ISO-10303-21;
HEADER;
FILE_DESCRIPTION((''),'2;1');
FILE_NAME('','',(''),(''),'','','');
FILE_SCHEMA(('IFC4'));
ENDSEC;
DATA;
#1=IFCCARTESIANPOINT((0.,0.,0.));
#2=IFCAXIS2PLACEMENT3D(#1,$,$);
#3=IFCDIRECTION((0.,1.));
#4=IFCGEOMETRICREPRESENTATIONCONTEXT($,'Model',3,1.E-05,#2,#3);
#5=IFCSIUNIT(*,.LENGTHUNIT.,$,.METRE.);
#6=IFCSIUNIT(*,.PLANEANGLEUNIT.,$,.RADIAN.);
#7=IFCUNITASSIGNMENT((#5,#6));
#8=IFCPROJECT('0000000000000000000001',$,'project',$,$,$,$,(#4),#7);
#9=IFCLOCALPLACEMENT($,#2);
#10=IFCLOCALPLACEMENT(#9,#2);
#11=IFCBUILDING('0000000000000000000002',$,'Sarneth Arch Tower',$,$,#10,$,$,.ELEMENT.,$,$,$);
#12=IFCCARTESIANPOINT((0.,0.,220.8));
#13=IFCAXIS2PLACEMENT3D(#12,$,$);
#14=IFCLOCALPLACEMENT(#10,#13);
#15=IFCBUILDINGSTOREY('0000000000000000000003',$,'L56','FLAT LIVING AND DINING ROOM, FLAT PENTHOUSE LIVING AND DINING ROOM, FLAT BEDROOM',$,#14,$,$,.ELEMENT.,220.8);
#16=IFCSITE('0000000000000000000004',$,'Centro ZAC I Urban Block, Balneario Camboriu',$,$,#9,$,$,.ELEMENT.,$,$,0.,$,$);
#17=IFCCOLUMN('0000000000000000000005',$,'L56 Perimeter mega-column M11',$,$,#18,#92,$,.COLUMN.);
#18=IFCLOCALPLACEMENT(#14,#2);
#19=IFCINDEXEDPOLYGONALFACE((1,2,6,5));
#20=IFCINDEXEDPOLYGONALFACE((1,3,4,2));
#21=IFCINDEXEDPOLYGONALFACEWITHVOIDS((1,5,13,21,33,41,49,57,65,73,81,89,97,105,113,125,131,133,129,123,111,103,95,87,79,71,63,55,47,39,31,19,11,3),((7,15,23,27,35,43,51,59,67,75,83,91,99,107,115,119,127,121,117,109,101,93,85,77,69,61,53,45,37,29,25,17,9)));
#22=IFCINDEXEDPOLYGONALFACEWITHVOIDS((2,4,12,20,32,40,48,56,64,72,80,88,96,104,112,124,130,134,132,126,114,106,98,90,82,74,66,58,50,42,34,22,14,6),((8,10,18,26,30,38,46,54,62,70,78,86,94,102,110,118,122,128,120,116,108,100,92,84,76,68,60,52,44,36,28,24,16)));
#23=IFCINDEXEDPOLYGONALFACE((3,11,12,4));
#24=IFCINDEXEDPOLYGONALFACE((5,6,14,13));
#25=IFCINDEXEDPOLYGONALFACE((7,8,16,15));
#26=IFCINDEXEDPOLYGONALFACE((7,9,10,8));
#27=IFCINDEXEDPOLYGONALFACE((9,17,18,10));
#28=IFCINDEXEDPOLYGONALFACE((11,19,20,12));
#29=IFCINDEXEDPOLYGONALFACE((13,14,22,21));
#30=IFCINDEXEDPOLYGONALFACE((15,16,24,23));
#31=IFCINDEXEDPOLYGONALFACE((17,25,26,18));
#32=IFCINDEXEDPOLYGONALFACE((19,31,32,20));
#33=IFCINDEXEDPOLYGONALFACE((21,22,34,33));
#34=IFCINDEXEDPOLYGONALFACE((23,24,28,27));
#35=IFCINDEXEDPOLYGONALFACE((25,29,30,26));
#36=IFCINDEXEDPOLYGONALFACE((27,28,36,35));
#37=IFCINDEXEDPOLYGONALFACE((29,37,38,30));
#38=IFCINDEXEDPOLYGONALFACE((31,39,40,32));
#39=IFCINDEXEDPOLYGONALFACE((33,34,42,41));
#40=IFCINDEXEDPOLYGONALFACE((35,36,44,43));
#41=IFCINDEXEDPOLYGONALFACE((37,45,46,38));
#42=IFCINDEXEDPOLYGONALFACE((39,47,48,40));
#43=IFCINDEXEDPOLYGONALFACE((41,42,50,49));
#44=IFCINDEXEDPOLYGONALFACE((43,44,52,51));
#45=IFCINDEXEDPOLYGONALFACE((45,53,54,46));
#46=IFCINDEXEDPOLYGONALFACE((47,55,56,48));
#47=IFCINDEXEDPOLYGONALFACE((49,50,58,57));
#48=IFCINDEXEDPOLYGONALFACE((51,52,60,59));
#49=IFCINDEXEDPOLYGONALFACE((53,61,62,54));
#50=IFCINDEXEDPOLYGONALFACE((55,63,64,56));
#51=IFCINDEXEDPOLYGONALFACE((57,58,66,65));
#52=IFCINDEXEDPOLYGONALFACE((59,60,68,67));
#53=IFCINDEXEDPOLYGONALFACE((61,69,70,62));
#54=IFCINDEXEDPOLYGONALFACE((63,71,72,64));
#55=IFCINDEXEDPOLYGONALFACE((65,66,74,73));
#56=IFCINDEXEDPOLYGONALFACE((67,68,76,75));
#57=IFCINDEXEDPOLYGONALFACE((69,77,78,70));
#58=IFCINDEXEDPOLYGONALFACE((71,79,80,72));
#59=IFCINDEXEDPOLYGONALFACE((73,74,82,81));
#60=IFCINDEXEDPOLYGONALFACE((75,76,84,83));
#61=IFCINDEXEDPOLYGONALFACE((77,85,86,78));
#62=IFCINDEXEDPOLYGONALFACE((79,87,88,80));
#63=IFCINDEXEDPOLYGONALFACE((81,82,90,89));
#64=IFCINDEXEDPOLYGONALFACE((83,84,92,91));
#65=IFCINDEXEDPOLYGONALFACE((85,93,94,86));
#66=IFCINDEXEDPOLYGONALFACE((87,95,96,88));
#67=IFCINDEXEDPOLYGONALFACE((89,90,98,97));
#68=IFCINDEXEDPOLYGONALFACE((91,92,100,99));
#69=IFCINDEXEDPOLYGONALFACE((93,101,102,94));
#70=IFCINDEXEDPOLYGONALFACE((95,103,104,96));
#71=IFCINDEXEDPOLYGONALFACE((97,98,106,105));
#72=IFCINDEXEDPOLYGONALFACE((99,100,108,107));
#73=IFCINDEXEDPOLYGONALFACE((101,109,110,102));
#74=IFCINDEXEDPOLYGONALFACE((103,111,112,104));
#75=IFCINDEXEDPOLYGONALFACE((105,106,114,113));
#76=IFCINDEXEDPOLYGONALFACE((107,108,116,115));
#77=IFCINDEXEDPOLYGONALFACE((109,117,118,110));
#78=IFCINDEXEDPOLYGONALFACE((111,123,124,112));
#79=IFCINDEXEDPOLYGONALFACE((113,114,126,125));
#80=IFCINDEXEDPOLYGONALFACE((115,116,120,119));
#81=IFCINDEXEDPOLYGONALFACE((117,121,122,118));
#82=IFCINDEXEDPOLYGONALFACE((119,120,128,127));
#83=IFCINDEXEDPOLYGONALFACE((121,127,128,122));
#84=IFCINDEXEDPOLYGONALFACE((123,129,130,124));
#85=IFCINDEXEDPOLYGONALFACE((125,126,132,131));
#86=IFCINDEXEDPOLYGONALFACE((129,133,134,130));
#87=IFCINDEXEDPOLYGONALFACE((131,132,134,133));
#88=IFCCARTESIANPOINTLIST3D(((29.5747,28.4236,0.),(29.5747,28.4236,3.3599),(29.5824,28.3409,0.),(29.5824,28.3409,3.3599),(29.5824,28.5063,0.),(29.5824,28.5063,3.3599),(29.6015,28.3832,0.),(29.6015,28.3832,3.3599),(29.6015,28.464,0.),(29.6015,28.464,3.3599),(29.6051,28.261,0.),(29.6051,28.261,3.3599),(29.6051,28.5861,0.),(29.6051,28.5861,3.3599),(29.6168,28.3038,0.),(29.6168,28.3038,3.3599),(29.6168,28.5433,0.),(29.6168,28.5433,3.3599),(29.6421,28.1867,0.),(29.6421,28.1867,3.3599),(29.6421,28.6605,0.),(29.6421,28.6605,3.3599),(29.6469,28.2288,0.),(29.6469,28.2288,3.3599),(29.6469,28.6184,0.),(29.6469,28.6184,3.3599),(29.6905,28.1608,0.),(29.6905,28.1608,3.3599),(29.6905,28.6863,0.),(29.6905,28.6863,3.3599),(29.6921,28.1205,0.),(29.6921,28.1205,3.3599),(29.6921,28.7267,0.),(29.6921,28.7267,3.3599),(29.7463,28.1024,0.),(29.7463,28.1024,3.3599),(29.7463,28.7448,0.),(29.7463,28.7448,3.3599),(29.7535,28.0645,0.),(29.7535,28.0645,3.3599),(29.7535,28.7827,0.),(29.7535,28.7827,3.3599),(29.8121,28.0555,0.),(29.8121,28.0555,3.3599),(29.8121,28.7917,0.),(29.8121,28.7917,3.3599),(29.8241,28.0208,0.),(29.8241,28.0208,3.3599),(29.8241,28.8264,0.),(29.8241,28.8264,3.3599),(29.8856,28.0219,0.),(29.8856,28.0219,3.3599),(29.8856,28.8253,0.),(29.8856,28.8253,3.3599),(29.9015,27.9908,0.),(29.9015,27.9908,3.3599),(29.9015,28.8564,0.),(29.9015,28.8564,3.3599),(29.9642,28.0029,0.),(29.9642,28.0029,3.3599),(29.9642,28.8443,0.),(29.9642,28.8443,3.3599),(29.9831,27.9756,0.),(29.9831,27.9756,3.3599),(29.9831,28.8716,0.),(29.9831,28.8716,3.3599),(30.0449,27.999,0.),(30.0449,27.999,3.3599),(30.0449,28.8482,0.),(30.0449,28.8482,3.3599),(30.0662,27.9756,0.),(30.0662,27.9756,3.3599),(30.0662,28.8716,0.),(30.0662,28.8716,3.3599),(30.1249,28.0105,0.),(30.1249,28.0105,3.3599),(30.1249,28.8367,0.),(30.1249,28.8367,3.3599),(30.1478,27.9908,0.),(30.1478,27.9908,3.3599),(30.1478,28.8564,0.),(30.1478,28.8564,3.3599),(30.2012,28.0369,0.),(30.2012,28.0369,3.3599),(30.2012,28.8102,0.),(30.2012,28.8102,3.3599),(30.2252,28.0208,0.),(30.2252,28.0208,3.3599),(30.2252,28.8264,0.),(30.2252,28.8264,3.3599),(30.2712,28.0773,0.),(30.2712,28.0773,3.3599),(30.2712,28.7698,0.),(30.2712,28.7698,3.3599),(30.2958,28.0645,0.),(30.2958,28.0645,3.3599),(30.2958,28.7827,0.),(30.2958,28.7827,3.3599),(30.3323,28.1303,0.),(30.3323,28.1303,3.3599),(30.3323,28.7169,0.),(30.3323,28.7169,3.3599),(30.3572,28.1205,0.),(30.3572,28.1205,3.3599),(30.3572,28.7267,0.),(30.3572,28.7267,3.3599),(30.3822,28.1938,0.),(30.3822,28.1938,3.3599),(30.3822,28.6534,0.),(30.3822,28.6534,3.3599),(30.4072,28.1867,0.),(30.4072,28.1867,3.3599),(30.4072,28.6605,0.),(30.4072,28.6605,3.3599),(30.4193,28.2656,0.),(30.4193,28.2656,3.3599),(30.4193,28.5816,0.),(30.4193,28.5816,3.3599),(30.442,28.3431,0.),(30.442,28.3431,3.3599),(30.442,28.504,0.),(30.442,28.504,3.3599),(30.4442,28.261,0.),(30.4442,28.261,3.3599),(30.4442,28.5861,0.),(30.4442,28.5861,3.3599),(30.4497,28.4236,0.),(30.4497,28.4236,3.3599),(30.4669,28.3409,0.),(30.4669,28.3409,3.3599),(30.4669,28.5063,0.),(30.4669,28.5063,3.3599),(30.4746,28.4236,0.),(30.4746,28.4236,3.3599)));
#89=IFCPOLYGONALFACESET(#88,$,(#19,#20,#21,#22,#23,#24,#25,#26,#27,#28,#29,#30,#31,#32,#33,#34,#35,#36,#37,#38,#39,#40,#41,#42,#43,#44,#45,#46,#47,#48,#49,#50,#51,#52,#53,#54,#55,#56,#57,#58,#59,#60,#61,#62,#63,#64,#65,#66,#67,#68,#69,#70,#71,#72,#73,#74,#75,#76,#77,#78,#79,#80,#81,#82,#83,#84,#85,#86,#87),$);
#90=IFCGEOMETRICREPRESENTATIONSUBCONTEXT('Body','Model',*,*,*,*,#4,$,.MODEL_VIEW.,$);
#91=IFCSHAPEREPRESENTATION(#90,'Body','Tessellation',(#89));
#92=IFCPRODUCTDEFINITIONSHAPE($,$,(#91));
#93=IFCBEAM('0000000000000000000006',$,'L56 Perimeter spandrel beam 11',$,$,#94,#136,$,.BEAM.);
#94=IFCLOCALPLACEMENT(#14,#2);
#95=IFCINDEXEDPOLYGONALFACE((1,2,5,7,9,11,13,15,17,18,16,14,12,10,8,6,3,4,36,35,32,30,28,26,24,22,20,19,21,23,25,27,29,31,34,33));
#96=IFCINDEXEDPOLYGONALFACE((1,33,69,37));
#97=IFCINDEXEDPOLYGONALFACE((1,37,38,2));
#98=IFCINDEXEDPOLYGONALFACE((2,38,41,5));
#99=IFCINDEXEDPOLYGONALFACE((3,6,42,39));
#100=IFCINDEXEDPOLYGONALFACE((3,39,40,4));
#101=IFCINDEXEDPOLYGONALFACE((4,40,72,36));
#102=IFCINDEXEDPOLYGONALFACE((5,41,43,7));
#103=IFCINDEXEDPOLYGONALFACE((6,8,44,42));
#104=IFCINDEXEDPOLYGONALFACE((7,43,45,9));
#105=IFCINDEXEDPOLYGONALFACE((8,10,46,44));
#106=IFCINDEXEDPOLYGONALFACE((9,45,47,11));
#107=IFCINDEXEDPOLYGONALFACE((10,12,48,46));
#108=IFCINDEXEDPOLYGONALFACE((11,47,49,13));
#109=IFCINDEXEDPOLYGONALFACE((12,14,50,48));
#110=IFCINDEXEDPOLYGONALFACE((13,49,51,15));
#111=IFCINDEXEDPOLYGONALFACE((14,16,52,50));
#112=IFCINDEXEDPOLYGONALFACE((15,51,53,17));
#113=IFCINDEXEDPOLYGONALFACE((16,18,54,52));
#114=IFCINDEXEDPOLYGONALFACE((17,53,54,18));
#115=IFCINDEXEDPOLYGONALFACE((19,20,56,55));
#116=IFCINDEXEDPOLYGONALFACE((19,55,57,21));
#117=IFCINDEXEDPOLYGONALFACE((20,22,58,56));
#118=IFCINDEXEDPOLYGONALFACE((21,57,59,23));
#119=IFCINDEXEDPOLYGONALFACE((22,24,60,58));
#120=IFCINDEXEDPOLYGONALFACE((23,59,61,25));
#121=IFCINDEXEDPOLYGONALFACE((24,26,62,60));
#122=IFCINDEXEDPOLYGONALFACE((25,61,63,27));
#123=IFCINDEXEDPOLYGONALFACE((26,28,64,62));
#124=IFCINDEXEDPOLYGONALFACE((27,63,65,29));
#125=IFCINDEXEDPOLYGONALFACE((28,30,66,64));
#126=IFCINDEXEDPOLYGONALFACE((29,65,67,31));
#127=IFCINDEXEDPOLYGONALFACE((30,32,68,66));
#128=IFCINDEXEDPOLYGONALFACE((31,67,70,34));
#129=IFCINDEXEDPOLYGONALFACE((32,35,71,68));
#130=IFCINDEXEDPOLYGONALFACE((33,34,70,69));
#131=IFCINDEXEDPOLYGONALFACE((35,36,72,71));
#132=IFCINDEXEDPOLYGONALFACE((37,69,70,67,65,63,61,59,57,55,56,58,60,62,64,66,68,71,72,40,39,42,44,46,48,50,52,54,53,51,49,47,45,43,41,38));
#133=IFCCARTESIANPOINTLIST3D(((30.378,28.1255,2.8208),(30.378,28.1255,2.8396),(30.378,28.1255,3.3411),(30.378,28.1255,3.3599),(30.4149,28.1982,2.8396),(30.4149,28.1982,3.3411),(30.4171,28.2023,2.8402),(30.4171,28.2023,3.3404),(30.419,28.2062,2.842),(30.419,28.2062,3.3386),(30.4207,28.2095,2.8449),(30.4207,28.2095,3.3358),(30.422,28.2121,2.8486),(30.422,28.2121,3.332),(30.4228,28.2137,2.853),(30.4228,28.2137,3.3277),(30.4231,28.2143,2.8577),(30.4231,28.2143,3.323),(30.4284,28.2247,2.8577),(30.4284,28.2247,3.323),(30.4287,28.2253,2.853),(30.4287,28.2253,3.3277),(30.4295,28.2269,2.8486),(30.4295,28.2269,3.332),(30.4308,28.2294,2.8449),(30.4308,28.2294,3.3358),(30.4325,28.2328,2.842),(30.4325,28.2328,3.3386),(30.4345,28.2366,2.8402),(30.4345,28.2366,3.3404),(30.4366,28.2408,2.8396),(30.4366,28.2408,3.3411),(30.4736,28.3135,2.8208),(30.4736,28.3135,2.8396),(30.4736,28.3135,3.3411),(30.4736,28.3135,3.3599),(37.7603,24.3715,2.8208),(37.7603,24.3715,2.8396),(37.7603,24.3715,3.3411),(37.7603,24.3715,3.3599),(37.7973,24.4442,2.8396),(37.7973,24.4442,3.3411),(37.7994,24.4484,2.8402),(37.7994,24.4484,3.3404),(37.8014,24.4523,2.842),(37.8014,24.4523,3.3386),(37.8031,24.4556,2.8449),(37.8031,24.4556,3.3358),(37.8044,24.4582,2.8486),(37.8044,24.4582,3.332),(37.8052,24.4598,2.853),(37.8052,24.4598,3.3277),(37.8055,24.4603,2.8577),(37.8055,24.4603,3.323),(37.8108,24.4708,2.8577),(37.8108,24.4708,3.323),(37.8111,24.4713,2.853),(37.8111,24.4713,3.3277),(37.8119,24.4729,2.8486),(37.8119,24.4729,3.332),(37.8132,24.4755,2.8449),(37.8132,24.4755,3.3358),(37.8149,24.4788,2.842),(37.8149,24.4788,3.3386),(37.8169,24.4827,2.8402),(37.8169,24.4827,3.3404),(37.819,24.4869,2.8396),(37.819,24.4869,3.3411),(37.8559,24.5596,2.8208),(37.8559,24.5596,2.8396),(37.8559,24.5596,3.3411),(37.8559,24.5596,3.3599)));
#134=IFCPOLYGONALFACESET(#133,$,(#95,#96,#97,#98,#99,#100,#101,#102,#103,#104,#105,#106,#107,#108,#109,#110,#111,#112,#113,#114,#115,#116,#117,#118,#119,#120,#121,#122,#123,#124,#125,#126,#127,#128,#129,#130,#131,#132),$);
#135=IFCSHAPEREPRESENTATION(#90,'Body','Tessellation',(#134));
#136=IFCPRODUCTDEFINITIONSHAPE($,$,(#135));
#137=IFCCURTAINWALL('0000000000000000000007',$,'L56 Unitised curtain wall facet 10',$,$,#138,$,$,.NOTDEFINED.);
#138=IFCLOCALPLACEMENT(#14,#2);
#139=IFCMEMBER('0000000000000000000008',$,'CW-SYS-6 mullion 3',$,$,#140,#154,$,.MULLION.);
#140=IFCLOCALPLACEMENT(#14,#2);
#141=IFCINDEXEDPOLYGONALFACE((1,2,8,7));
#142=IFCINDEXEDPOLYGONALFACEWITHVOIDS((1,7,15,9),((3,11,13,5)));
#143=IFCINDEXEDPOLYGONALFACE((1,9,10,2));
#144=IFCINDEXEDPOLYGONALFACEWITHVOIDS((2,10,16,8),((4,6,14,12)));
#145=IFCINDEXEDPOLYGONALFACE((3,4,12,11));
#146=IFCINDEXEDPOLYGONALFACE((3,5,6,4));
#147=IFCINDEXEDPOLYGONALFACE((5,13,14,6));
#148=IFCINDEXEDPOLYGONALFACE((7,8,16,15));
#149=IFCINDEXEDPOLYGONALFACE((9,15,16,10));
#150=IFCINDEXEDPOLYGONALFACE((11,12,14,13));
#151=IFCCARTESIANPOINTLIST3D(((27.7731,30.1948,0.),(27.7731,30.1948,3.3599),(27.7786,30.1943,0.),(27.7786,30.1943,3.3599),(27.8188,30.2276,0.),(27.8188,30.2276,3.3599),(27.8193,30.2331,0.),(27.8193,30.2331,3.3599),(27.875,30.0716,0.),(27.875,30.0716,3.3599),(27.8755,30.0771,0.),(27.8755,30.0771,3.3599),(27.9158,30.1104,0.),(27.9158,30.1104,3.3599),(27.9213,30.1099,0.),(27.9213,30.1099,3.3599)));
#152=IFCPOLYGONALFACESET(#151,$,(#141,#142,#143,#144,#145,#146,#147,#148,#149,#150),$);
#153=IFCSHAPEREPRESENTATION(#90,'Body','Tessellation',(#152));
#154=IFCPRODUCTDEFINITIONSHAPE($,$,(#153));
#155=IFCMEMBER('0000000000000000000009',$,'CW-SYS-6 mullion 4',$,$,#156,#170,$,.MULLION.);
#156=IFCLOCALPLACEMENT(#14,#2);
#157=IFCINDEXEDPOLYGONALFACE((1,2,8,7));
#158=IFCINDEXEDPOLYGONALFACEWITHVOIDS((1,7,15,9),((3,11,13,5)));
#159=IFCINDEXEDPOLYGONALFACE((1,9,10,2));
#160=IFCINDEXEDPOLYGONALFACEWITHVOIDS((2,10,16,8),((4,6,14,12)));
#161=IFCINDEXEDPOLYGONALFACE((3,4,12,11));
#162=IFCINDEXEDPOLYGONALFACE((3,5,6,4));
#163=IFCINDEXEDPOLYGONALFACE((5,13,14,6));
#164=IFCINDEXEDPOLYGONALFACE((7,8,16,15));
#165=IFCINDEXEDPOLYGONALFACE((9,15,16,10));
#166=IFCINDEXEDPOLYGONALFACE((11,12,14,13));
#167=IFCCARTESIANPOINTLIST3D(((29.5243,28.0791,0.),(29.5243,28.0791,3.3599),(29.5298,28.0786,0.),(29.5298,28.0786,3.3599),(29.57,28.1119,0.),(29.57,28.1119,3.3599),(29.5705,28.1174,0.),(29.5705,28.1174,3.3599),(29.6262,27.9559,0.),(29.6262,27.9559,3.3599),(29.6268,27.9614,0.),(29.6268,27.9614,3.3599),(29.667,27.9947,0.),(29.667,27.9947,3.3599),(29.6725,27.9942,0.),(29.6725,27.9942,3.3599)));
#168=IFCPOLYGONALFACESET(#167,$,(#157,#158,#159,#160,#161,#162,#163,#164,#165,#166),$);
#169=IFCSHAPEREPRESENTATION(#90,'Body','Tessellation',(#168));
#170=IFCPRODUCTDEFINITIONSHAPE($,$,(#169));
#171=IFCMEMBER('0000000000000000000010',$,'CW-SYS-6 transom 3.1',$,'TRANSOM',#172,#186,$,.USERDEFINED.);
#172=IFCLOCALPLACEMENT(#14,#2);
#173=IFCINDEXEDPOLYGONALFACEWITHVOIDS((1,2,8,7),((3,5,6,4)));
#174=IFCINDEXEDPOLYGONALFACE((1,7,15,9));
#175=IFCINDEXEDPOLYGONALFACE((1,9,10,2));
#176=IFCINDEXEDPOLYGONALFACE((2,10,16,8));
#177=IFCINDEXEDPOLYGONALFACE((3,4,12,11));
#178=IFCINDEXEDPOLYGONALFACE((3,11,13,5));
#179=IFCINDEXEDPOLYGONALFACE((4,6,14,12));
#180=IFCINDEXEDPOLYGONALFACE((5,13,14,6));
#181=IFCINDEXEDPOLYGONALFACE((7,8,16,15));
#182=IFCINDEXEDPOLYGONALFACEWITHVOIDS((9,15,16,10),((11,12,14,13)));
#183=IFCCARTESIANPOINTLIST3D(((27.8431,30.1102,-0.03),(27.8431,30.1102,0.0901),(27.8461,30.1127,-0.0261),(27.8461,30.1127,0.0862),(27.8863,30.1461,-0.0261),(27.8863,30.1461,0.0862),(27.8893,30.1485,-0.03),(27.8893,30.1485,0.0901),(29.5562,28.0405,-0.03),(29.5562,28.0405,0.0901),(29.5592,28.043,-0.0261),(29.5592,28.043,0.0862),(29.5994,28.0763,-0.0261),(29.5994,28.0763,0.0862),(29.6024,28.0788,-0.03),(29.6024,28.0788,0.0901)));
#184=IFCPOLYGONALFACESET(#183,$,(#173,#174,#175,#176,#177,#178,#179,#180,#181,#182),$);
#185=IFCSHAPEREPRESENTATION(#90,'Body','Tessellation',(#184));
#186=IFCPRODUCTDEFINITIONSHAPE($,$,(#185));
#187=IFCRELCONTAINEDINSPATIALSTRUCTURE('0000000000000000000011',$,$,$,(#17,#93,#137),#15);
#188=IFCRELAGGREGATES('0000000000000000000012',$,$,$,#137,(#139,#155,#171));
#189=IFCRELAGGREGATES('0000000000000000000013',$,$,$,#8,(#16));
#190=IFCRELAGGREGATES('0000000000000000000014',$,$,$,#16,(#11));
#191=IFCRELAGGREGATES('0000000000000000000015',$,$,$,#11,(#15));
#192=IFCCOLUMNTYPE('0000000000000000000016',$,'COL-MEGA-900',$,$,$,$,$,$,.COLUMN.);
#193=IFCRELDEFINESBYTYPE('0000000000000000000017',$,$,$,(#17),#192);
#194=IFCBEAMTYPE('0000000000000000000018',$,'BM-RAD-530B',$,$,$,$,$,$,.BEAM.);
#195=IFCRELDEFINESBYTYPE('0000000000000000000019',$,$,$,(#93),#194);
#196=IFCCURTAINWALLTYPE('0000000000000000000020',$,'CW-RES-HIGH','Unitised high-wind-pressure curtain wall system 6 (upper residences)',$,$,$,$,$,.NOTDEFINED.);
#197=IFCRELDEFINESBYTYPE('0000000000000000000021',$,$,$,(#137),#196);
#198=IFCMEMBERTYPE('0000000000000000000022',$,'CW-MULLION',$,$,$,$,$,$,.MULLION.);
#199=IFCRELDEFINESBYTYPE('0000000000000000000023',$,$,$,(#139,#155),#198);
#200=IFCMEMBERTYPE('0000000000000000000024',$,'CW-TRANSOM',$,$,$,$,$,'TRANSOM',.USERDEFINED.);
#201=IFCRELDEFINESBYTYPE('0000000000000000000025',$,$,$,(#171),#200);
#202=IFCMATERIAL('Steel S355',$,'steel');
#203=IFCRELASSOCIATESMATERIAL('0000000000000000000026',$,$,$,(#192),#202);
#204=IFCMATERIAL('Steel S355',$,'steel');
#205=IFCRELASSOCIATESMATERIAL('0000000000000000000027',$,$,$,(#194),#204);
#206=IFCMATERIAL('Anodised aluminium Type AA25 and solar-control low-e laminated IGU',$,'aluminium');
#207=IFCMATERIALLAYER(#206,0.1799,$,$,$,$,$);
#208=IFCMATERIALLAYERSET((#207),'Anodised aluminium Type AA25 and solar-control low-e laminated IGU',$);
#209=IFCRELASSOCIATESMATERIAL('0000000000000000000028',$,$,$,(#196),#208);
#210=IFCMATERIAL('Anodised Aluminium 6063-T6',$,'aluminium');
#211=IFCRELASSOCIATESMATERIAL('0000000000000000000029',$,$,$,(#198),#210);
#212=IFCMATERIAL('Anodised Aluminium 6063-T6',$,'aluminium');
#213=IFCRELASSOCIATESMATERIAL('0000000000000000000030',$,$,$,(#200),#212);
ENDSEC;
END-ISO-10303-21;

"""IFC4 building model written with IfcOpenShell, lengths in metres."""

from ifc_helpers import new_model, si_unit, direction, frame, origin, origin_2d, place, context, subcontext, project, spatial, hollow_rectangle, hollow_circle, i_section, extrude, material, layer, layer_set, material_profile, profile_set, type_object, element, aggregate, save


model = new_model("IFC4")

# Units and contexts
model_context = context("Model", 3, precision=1e-05, world=origin(), true_north=direction((0.0, 1.0)))
body_context = subcontext(model_context, "Body", "Model", "MODEL_VIEW")
ifc_project = project(units=[si_unit("LENGTHUNIT", "METRE"), si_unit("PLANEANGLEUNIT", "RADIAN")], contexts=[model_context])

# Site, building, storey
site_placement = place(None, origin())
site = spatial("IfcSite", under=ifc_project, at=site_placement, Name="Centro ZAC I Urban Block, Balneario Camboriu", CompositionType="ELEMENT", RefElevation=0.0)
building_placement = place(site_placement, origin())
building = spatial("IfcBuilding", under=site, at=building_placement, Name="Sarneth Arch Tower", CompositionType="ELEMENT")
storey_placement = place(building_placement, frame((0.0, 0.0, 220.8)))
storey = spatial("IfcBuildingStorey", under=building, at=storey_placement, Name="L56", Description="FLAT LIVING AND DINING ROOM, FLAT PENTHOUSE LIVING AND DINING ROOM, FLAT BEDROOM", CompositionType="ELEMENT", Elevation=220.8)

# Column
ifc_material_1 = material(Name="Steel S355", Category="steel")
ifc_material_profile_1 = material_profile(ifc_material_1, hollow_circle(Radius=0.45, WallThickness=0.0249, at=origin_2d()), Name="CHS900x25")
ifc_profile_set_1 = profile_set([ifc_material_profile_1], Name="Steel S355")
column_type = type_object("IfcColumnType", Name="COL-MEGA-900", PredefinedType="COLUMN", material=ifc_profile_set_1)
column_placement = place(storey_placement, frame((30.0247, 28.4236, 0.0), z_axis=(0.0, 0.0, 1.0), x_axis=(1.0, 0.0, 0.0)))
element("IfcColumn", 1, at=column_placement, inside=storey, type_object=column_type, Name="L56 Perimeter mega-column M11", PredefinedType="COLUMN", context=body_context, shape_type="SweptSolid", body=[
    extrude(hollow_circle(Radius=0.45, WallThickness=0.0249, at=origin_2d()), origin(), (0.0, 0.0, 1.0), 3.3599),
])

# Beam
ifc_material_2 = material(Name="Steel S355", Category="steel")
ifc_material_profile_2 = material_profile(ifc_material_2, i_section(OverallWidth=0.2109, OverallDepth=0.5391, WebThickness=0.0117, FlangeThickness=0.0188, FilletRadius=0.0181, at=origin_2d()), Name="W530x109")
ifc_profile_set_2 = profile_set([ifc_material_profile_2], Name="Steel S355")
beam_type = type_object("IfcBeamType", Name="BM-RAD-530B", PredefinedType="BEAM", material=ifc_profile_set_2)
beam_placement = place(storey_placement, frame((30.4258, 28.2195, 3.0903), z_axis=(0.891376, -0.453264, 0.0), x_axis=(0.453264, 0.891376, 0.0)))
element("IfcBeam", 2, at=beam_placement, inside=storey, type_object=beam_type, Name="L56 Perimeter spandrel beam 11", PredefinedType="BEAM", context=body_context, shape_type="SweptSolid", body=[
    extrude(i_section(OverallWidth=0.2109, OverallDepth=0.5391, WebThickness=0.0117, FlangeThickness=0.0188, FilletRadius=0.0181, at=origin_2d()), origin(), (0.0, 0.0, 1.0), 8.282),
])

# Curtain wall, members
ifc_material_3 = material(Name="Anodised aluminium Type AA25 and solar-control low-e laminated IGU", Category="aluminium")
ifc_layer_1 = layer(ifc_material_3, 0.1799)
ifc_layer_set_1 = layer_set([ifc_layer_1], Name="Anodised aluminium Type AA25 and solar-control low-e laminated IGU")
curtain_wall_type = type_object("IfcCurtainWallType", Name="CW-RES-HIGH", Description="Unitised high-wind-pressure curtain wall system 6 (upper residences)", PredefinedType="NOTDEFINED", material=ifc_layer_set_1)
curtain_wall_placement = place(storey_placement, origin())
curtain_wall = element("IfcCurtainWall", 3, at=curtain_wall_placement, inside=storey, type_object=curtain_wall_type, Name="L56 Unitised curtain wall facet 10", PredefinedType="NOTDEFINED")
ifc_material_4 = material(Name="Anodised Aluminium 6063-T6", Category="aluminium")
ifc_material_profile_3 = material_profile(ifc_material_4, hollow_rectangle(XDim=0.0601, YDim=0.1599, WallThickness=0.0039, at=origin_2d()), Name="AL-MULL-160x60x4")
ifc_profile_set_3 = profile_set([ifc_material_profile_3], Name="Anodised Aluminium 6063-T6")
member_type_1 = type_object("IfcMemberType", Name="CW-MULLION", PredefinedType="MULLION", material=ifc_profile_set_3)
member_1_placement = place(storey_placement, frame((27.8472, 30.1523, 0.0), z_axis=(0.0, 0.0, 1.0), x_axis=(0.770359, 0.63761, 0.0)))
member_1 = element("IfcMember", 4, at=member_1_placement, type_object=member_type_1, Name="CW-SYS-6 mullion 3", PredefinedType="MULLION", context=body_context, shape_type="SweptSolid", body=[
    extrude(hollow_rectangle(XDim=0.0601, YDim=0.1599, WallThickness=0.0039, at=origin_2d()), origin(), (0.0, 0.0, 1.0), 3.3599),
])
member_2_placement = place(storey_placement, frame((29.5984, 28.0366, 0.0), z_axis=(0.0, 0.0, 1.0), x_axis=(0.770359, 0.63761, 0.0)))
member_2 = element("IfcMember", 5, at=member_2_placement, type_object=member_type_1, Name="CW-SYS-6 mullion 4", PredefinedType="MULLION", context=body_context, shape_type="SweptSolid", body=[
    extrude(hollow_rectangle(XDim=0.0601, YDim=0.1599, WallThickness=0.0039, at=origin_2d()), origin(), (0.0, 0.0, 1.0), 3.3599),
])
ifc_material_5 = material(Name="Anodised Aluminium 6063-T6", Category="aluminium")
ifc_material_profile_4 = material_profile(ifc_material_5, hollow_rectangle(XDim=0.0601, YDim=0.1201, WallThickness=0.0039, at=origin_2d()), Name="AL-TRAN-120x60x4")
ifc_profile_set_4 = profile_set([ifc_material_profile_4], Name="Anodised Aluminium 6063-T6")
member_type_2 = type_object("IfcMemberType", Name="CW-TRANSOM", ElementType="TRANSOM", PredefinedType="USERDEFINED", material=ifc_profile_set_4)
member_3_placement = place(storey_placement, frame((27.8662, 30.1294, 0.03), z_axis=(0.637607, -0.770362, 0.0), x_axis=(0.770362, 0.637607, 0.0)))
member_3 = element("IfcMember", 6, at=member_3_placement, type_object=member_type_2, Name="CW-SYS-6 transom 3.1", ObjectType="TRANSOM", PredefinedType="USERDEFINED", context=body_context, shape_type="SweptSolid", body=[
    extrude(hollow_rectangle(XDim=0.0601, YDim=0.1201, WallThickness=0.0039, at=origin_2d()), origin(), (0.0, 0.0, 1.0), 2.6868),
])

aggregate(curtain_wall, [member_1, member_2, member_3])

save(model, "model.ifc")
